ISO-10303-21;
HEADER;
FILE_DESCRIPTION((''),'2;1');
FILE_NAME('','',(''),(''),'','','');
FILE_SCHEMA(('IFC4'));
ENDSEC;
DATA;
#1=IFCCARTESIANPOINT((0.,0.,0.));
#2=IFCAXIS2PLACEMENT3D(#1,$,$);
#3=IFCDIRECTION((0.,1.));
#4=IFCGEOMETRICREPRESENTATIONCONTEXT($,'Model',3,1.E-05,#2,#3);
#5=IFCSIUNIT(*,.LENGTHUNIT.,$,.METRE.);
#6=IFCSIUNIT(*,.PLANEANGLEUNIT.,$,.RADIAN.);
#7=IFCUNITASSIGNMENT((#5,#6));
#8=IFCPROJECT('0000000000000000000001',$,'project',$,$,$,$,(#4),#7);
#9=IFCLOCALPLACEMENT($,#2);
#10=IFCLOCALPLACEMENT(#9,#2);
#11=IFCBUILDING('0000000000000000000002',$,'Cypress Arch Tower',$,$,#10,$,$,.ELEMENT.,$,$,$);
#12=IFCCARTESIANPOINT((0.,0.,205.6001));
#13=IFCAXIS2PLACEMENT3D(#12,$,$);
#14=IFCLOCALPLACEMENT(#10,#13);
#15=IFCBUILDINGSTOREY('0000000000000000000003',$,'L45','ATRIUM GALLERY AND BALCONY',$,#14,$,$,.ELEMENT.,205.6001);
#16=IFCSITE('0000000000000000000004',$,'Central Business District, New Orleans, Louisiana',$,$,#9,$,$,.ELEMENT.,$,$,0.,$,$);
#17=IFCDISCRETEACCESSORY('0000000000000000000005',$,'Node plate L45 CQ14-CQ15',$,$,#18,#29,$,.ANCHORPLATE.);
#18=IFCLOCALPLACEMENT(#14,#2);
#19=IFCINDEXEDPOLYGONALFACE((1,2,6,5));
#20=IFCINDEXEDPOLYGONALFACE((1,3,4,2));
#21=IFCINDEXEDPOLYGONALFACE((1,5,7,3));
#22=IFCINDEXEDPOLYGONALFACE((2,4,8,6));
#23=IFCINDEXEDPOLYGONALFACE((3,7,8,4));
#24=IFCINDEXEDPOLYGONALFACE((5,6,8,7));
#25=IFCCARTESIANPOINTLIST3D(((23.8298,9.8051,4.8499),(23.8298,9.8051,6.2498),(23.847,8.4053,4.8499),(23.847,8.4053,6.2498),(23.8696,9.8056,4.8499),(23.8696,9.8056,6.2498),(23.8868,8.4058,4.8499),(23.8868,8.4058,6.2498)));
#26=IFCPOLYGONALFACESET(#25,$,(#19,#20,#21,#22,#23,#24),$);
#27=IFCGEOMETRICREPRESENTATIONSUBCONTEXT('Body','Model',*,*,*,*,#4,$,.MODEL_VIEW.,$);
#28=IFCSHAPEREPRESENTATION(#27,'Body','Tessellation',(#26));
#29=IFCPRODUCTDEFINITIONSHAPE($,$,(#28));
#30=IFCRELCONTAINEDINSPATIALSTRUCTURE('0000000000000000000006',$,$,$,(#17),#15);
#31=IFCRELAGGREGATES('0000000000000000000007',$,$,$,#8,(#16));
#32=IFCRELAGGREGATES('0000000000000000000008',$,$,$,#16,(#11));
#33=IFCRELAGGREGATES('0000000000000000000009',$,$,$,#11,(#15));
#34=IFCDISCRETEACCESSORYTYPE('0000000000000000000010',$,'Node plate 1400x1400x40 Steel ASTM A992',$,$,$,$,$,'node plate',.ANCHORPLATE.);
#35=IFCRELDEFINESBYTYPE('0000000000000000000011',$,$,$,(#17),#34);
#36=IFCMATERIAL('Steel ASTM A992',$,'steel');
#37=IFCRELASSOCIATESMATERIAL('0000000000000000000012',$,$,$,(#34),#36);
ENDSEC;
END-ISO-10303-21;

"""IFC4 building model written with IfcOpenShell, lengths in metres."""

from ifc_helpers import new_model, si_unit, direction, frame, origin, origin_2d, place, context, subcontext, project, spatial, rectangle, extrude, material, material_profile, profile_set, type_object, element, save


model = new_model("IFC4")

# Units and contexts
model_context = context("Model", 3, precision=1e-05, world=origin(), true_north=direction((0.0, 1.0)))
body_context = subcontext(model_context, "Body", "Model", "MODEL_VIEW")
ifc_project = project(units=[si_unit("LENGTHUNIT", "METRE"), si_unit("PLANEANGLEUNIT", "RADIAN")], contexts=[model_context])

# Site, building, storey
site_placement = place(None, origin())
site = spatial("IfcSite", under=ifc_project, at=site_placement, Name="Central Business District, New Orleans, Louisiana", CompositionType="ELEMENT", RefElevation=0.0)
building_placement = place(site_placement, origin())
building = spatial("IfcBuilding", under=site, at=building_placement, Name="Cypress Arch Tower", CompositionType="ELEMENT")
storey_placement = place(building_placement, frame((0.0, 0.0, 205.6001)))
storey = spatial("IfcBuildingStorey", under=building, at=storey_placement, Name="L45", Description="ATRIUM GALLERY AND BALCONY", CompositionType="ELEMENT", Elevation=205.6001)

# Discrete accessory
ifc_material_1 = material(Name="Steel ASTM A992", Category="steel")
ifc_material_profile_1 = material_profile(ifc_material_1, rectangle(XDim=1.3999, YDim=1.3999, at=origin_2d()), Name="PL 40 1400x1400")
ifc_profile_set_1 = profile_set([ifc_material_profile_1], Name="Steel ASTM A992")
discrete_accessory_type_1 = type_object("IfcDiscreteAccessoryType", Name="Node plate 1400x1400x40 Steel ASTM A992", ElementType="node plate", PredefinedType="ANCHORPLATE", material=ifc_profile_set_1)
discrete_accessory_placement = place(storey_placement, frame((23.8782, 9.1057, 5.5498), z_axis=(-0.999925, -0.012269, 0.0), x_axis=(0.012269, -0.999925, 0.0)))
element("IfcDiscreteAccessory", 1, at=discrete_accessory_placement, inside=storey, type_object=discrete_accessory_type_1, Name="Node plate L45 CQ14-CQ15", PredefinedType="ANCHORPLATE", context=body_context, shape_type="SweptSolid", body=[
    extrude(rectangle(XDim=1.3999, YDim=1.3999, at=origin_2d()), origin(), (0.0, 0.0, 1.0), 0.0398),
])

save(model, "model.ifc")
